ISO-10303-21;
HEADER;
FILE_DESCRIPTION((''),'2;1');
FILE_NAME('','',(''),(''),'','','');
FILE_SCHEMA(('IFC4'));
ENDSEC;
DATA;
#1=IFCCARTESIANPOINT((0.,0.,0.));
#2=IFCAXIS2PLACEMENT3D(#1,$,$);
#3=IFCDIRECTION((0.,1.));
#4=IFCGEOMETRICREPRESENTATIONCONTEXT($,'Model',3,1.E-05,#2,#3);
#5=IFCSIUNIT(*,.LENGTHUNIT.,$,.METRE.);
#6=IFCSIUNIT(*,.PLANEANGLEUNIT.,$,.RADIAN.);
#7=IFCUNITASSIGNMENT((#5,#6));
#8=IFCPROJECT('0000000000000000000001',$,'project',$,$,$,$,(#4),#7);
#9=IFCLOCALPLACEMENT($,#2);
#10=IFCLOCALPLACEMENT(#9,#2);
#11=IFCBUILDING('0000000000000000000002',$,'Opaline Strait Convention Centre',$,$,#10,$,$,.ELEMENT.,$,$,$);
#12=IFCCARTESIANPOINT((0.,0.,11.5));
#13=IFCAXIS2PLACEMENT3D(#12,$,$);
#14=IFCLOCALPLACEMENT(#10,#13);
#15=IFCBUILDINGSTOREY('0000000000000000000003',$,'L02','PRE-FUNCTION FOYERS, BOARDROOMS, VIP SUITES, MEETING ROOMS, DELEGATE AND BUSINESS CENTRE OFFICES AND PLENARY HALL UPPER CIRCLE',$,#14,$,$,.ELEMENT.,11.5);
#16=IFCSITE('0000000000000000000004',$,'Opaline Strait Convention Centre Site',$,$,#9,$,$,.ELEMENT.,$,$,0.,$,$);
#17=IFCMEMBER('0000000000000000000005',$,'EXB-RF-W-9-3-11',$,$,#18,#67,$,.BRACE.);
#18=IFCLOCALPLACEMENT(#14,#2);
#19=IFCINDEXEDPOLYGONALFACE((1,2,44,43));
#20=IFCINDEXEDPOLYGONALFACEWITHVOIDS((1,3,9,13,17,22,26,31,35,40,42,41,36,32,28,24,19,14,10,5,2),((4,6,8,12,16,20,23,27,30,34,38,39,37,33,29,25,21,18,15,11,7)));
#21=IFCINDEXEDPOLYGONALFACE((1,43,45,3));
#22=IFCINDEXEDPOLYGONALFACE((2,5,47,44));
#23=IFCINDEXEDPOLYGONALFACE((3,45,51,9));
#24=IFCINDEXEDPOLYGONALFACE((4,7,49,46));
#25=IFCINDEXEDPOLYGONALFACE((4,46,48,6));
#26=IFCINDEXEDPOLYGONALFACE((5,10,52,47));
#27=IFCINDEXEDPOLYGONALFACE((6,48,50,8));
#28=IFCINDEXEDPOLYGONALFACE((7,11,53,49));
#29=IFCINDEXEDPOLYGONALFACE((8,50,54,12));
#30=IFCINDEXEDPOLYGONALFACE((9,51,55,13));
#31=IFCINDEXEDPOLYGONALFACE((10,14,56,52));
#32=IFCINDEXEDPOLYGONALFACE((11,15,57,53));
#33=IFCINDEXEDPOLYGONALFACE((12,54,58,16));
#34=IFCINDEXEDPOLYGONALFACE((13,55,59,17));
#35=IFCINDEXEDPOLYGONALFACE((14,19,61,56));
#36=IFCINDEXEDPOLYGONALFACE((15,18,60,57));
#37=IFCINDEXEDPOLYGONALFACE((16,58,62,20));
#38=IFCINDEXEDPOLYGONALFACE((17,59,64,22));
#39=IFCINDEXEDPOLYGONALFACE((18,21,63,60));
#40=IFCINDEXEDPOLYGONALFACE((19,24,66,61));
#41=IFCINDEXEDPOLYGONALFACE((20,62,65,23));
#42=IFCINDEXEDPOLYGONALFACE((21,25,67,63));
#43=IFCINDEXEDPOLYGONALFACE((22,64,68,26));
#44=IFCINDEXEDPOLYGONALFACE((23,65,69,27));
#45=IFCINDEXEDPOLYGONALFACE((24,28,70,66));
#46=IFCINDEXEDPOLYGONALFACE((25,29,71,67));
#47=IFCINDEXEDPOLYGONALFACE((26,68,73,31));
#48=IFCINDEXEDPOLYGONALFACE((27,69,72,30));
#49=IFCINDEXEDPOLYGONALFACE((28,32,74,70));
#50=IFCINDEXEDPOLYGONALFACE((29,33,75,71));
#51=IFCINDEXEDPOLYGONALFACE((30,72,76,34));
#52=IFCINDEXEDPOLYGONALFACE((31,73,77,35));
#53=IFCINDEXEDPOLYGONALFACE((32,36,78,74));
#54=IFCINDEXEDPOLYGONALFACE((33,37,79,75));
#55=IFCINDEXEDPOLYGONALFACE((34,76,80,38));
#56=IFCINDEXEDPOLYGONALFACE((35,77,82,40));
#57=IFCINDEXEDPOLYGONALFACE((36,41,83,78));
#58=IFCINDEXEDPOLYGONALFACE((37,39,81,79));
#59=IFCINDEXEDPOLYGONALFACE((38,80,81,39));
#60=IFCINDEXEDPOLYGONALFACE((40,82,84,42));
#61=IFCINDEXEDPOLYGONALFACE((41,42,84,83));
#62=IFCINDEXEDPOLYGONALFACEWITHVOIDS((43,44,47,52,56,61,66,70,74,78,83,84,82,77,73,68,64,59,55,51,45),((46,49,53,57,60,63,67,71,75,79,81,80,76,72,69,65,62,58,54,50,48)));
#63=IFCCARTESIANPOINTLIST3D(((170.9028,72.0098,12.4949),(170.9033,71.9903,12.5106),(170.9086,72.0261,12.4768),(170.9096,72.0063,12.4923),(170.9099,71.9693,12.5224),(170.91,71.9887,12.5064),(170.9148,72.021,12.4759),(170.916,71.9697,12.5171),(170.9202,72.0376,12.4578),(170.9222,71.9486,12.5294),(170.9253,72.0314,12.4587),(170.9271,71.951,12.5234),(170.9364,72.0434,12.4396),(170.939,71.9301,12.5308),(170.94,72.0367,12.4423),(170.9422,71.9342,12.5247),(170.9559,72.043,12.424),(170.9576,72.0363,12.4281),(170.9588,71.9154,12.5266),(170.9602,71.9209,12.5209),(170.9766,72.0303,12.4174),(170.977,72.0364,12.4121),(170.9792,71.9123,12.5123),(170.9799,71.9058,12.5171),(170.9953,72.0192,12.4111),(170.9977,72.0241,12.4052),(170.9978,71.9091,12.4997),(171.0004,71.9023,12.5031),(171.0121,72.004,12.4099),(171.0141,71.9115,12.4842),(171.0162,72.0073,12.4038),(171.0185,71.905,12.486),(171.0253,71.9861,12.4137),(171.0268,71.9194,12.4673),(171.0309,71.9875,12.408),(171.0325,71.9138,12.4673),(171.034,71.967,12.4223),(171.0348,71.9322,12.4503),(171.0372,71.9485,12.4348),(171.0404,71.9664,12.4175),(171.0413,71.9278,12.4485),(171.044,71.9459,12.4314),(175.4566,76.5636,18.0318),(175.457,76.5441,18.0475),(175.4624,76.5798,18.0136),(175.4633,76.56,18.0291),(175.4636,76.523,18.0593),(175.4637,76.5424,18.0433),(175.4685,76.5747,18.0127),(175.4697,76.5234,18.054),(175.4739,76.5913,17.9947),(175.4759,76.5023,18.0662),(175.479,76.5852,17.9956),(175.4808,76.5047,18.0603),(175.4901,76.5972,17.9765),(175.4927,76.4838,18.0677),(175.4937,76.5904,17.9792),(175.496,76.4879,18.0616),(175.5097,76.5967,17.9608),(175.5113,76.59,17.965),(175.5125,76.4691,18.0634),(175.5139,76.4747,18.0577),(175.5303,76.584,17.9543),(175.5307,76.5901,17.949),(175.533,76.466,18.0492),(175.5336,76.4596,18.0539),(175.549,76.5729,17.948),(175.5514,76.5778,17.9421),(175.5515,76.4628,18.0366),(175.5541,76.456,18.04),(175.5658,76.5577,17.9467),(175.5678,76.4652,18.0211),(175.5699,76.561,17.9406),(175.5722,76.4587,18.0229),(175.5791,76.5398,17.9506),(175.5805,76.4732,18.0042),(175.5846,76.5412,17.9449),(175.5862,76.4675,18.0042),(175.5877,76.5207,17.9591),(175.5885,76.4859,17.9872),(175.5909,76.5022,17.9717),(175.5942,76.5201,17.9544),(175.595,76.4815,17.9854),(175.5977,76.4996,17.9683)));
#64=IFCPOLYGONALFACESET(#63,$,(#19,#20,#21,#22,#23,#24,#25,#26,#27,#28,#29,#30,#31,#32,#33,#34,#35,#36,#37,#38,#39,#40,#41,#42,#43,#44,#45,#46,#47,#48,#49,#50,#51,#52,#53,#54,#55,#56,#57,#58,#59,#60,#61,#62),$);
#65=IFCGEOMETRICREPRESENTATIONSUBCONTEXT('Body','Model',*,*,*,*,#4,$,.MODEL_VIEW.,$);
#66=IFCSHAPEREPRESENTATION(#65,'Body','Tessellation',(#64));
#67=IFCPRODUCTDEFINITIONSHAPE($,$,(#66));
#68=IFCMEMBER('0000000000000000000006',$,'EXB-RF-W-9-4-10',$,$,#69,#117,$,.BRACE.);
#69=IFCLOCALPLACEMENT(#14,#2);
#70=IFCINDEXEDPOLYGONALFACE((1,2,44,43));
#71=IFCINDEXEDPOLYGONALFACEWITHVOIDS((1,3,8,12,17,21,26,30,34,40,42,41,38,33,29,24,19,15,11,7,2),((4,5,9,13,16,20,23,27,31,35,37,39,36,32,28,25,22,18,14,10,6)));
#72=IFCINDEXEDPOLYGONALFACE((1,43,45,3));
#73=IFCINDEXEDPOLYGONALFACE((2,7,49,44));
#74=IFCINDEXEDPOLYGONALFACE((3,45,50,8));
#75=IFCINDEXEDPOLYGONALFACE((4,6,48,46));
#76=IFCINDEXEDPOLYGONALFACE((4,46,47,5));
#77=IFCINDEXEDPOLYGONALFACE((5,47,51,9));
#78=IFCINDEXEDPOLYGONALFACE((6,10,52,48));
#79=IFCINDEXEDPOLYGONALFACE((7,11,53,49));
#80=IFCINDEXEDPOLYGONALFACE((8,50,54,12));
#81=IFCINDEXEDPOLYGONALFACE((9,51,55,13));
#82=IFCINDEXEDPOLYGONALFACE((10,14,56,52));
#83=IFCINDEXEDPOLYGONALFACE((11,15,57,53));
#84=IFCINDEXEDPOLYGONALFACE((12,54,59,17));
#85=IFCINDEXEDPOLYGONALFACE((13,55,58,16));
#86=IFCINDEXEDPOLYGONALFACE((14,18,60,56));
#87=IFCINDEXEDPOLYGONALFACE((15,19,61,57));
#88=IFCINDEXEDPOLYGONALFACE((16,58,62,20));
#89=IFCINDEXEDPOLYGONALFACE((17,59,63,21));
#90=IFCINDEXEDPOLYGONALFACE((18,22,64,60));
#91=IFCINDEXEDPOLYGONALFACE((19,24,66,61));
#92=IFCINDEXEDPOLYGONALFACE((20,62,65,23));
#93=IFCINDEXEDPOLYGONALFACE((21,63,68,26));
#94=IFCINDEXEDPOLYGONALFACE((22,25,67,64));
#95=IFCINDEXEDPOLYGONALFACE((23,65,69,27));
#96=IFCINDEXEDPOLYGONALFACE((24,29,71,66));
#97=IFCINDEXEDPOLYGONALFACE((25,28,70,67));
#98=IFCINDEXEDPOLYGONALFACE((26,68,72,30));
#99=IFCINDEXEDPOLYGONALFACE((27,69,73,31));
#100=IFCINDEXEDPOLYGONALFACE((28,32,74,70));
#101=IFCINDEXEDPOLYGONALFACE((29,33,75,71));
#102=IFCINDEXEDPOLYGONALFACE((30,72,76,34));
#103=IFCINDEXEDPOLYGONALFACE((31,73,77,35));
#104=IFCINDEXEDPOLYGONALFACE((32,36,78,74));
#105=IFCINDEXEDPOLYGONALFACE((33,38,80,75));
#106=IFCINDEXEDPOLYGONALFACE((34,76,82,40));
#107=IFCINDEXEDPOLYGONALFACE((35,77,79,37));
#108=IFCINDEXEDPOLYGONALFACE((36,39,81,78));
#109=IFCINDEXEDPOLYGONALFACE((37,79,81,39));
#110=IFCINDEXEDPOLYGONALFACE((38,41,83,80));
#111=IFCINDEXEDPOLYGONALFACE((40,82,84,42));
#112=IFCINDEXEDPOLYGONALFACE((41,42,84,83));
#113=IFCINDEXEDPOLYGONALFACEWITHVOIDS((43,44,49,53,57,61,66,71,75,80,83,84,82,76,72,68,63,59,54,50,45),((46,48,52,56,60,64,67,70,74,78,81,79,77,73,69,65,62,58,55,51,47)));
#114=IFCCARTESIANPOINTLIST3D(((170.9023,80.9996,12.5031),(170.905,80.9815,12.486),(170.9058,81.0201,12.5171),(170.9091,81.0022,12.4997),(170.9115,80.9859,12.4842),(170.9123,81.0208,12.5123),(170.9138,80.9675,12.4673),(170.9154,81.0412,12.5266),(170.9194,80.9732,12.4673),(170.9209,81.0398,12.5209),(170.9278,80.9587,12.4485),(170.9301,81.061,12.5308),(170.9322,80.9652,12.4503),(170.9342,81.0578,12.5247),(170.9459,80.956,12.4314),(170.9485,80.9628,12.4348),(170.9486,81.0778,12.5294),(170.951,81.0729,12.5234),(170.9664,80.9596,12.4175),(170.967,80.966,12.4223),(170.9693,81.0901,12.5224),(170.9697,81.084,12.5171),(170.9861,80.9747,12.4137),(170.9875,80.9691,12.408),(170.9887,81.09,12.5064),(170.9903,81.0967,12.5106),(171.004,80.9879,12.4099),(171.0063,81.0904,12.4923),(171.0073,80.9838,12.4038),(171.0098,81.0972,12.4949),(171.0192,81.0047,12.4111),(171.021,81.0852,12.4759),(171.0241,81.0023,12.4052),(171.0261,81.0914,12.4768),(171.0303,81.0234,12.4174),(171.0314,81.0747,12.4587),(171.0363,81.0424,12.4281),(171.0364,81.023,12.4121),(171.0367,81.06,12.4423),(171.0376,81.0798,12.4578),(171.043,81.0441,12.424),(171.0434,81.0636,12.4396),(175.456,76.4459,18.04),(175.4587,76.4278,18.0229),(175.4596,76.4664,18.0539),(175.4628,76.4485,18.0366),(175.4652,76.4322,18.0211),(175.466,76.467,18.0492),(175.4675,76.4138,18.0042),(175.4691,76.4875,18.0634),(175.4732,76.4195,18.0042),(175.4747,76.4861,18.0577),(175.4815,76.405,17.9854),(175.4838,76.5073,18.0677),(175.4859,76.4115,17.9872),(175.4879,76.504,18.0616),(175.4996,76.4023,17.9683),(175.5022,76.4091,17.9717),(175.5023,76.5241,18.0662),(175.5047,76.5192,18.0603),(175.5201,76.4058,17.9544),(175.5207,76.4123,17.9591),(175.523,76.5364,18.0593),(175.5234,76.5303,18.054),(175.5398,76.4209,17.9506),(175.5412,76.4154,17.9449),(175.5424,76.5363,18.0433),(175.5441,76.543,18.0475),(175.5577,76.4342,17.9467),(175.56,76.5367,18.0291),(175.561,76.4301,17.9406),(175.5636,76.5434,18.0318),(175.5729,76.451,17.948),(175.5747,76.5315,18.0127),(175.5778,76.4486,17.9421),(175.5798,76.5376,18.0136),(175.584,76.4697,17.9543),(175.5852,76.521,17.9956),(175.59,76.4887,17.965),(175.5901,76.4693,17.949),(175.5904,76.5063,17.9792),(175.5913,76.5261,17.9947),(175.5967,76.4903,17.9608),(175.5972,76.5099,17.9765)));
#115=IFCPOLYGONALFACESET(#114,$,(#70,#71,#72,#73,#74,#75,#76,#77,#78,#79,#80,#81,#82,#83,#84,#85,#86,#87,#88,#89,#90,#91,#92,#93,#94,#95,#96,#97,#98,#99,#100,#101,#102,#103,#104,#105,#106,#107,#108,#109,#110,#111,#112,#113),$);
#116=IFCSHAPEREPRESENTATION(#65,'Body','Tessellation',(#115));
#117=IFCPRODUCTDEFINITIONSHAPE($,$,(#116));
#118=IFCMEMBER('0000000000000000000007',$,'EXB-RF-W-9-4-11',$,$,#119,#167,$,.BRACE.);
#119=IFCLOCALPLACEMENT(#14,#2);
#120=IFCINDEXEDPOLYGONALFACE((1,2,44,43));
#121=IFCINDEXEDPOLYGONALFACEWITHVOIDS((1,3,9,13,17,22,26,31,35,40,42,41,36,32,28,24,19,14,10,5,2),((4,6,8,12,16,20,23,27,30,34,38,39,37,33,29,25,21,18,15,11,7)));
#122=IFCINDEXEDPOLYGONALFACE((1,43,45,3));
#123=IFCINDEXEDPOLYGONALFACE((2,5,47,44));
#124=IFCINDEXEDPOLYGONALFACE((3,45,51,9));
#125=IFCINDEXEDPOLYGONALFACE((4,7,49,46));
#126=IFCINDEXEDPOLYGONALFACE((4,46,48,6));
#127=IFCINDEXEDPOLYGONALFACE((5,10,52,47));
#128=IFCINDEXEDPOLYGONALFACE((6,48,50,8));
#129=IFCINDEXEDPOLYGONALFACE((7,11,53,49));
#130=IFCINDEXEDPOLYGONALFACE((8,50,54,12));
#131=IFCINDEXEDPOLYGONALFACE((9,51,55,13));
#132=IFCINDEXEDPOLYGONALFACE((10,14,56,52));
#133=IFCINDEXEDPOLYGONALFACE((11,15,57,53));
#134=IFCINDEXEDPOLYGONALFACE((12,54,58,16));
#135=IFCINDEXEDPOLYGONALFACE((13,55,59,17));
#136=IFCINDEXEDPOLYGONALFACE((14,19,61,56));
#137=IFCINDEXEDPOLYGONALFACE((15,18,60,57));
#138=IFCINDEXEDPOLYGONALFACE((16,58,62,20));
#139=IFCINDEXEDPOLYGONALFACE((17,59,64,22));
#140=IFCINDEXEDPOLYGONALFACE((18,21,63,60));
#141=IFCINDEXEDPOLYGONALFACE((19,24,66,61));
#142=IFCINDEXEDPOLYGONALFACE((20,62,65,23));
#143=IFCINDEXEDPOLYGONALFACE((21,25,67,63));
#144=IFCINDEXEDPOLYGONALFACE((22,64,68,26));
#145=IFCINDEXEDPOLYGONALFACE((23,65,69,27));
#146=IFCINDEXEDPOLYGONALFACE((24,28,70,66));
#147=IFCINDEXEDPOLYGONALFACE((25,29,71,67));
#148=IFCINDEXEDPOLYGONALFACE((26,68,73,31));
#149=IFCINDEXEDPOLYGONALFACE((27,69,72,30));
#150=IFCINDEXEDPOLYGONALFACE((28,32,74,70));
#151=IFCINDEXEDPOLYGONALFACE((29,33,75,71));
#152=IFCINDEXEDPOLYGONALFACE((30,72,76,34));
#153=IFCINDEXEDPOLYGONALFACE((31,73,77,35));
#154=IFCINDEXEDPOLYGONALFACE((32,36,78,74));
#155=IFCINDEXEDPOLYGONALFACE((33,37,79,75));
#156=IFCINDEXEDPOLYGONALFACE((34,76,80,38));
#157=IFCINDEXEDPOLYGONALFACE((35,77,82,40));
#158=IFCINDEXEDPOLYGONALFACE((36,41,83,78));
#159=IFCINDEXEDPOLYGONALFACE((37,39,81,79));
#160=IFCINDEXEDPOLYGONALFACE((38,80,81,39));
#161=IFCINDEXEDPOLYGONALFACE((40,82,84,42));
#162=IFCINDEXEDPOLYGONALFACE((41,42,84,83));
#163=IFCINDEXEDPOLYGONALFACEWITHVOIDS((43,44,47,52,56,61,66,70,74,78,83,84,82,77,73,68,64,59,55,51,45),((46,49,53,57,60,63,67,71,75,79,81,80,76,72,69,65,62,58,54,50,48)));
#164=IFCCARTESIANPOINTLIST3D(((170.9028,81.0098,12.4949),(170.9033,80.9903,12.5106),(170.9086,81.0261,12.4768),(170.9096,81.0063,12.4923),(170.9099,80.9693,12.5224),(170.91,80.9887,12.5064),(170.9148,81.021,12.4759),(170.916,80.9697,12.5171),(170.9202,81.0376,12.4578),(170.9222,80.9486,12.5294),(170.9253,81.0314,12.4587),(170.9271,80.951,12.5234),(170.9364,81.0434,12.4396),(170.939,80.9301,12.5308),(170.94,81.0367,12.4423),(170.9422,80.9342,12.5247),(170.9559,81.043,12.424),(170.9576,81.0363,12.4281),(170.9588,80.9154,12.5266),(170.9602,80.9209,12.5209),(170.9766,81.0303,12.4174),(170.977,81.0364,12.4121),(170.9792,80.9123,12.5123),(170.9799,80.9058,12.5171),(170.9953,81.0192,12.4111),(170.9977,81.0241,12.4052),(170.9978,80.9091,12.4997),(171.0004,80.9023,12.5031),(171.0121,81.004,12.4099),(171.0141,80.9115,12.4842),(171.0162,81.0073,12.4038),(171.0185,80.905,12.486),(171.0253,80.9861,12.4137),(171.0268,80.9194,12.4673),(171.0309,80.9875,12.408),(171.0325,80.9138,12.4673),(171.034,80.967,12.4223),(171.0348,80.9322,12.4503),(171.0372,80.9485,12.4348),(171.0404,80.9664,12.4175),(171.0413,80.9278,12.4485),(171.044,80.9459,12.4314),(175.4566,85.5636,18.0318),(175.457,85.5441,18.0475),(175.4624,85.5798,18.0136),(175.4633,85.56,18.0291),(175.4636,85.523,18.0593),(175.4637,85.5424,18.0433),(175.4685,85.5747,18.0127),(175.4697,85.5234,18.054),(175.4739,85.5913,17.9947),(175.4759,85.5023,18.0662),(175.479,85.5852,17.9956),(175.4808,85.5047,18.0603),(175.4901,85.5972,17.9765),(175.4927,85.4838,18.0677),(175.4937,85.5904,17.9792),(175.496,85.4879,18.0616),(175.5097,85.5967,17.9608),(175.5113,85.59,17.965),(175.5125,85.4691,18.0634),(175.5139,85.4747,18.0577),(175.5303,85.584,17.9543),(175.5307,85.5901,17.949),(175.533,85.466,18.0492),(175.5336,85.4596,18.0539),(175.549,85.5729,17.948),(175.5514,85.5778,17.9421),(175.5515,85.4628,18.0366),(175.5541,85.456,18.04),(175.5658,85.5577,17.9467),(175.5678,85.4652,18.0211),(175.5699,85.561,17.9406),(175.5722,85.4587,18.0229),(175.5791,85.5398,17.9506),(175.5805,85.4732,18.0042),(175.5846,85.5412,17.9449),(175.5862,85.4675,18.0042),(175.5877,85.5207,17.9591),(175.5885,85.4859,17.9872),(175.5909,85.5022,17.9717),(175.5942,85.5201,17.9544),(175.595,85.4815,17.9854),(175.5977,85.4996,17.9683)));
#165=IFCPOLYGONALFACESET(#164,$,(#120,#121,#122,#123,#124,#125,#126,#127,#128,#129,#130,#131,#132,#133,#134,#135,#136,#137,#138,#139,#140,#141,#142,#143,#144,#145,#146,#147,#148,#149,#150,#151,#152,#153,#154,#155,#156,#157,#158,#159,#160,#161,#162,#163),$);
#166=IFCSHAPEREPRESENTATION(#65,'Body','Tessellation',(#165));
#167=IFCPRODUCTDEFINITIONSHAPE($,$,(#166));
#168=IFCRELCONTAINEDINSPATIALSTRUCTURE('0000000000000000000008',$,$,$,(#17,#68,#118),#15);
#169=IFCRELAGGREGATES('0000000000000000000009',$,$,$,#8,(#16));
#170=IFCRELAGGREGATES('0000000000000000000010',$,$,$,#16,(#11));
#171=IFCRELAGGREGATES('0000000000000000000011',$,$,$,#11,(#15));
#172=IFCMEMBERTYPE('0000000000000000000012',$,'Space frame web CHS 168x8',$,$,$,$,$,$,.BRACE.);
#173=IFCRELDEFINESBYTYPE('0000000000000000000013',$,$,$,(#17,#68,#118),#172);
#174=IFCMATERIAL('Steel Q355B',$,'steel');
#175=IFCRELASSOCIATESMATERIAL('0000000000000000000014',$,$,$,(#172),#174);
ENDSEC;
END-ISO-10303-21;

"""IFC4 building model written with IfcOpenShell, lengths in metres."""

from ifc_helpers import new_model, si_unit, direction, frame, origin, origin_2d, place, context, subcontext, project, spatial, hollow_circle, extrude, material, material_profile, profile_set, type_object, element, save


model = new_model("IFC4")

# Units and contexts
model_context = context("Model", 3, precision=1e-05, world=origin(), true_north=direction((0.0, 1.0)))
body_context = subcontext(model_context, "Body", "Model", "MODEL_VIEW")
ifc_project = project(units=[si_unit("LENGTHUNIT", "METRE"), si_unit("PLANEANGLEUNIT", "RADIAN")], contexts=[model_context])

# Site, building, storey
site_placement = place(None, origin())
site = spatial("IfcSite", under=ifc_project, at=site_placement, Name="Opaline Strait Convention Centre Site", CompositionType="ELEMENT", RefElevation=0.0)
building_placement = place(site_placement, origin())
building = spatial("IfcBuilding", under=site, at=building_placement, Name="Opaline Strait Convention Centre", CompositionType="ELEMENT")
storey_placement = place(building_placement, frame((0.0, 0.0, 11.5)))
storey = spatial("IfcBuildingStorey", under=building, at=storey_placement, Name="L02", Description="PRE-FUNCTION FOYERS, BOARDROOMS, VIP SUITES, MEETING ROOMS, DELEGATE AND BUSINESS CENTRE OFFICES AND PLENARY HALL UPPER CIRCLE", CompositionType="ELEMENT", Elevation=11.5)

# Members
ifc_material_1 = material(Name="Steel Q355B", Category="steel")
ifc_material_profile_1 = material_profile(ifc_material_1, hollow_circle(Radius=0.084, WallThickness=0.0081, at=origin_2d()), Name="CHS 168x8")
ifc_profile_set_1 = profile_set([ifc_material_profile_1], Name="Steel Q355B")
member_type_1 = type_object("IfcMemberType", Name="Space frame web CHS 168x8", PredefinedType="BRACE", material=ifc_profile_set_1)
for number, where, z_axis, x_axis, name in (
    (1, (175.5269, 76.5269, 18.0042), (-0.536178, -0.536178, -0.65194), (0.707107, -0.707107, 0.0), "EXB-RF-W-9-3-11"),
    (2, (175.5269, 76.4731, 18.0042), (-0.536178, 0.536178, -0.65194), (-0.707107, -0.707107, 0.0), "EXB-RF-W-9-4-10"),
    (3, (175.5269, 85.5269, 18.0042), (-0.536178, -0.536178, -0.65194), (0.707107, -0.707107, 0.0), "EXB-RF-W-9-4-11"),
):
    element("IfcMember", number, at=place(storey_placement, frame(where, z_axis=z_axis, x_axis=x_axis)), inside=storey, type_object=member_type_1, Name=name, PredefinedType="BRACE", context=body_context, shape_type="SweptSolid", body=[
        extrude(hollow_circle(Radius=0.084, WallThickness=0.0081, at=origin_2d()), origin(), (0.0, 0.0, 1.0), 8.4929),
    ])

save(model, "model.ifc")
